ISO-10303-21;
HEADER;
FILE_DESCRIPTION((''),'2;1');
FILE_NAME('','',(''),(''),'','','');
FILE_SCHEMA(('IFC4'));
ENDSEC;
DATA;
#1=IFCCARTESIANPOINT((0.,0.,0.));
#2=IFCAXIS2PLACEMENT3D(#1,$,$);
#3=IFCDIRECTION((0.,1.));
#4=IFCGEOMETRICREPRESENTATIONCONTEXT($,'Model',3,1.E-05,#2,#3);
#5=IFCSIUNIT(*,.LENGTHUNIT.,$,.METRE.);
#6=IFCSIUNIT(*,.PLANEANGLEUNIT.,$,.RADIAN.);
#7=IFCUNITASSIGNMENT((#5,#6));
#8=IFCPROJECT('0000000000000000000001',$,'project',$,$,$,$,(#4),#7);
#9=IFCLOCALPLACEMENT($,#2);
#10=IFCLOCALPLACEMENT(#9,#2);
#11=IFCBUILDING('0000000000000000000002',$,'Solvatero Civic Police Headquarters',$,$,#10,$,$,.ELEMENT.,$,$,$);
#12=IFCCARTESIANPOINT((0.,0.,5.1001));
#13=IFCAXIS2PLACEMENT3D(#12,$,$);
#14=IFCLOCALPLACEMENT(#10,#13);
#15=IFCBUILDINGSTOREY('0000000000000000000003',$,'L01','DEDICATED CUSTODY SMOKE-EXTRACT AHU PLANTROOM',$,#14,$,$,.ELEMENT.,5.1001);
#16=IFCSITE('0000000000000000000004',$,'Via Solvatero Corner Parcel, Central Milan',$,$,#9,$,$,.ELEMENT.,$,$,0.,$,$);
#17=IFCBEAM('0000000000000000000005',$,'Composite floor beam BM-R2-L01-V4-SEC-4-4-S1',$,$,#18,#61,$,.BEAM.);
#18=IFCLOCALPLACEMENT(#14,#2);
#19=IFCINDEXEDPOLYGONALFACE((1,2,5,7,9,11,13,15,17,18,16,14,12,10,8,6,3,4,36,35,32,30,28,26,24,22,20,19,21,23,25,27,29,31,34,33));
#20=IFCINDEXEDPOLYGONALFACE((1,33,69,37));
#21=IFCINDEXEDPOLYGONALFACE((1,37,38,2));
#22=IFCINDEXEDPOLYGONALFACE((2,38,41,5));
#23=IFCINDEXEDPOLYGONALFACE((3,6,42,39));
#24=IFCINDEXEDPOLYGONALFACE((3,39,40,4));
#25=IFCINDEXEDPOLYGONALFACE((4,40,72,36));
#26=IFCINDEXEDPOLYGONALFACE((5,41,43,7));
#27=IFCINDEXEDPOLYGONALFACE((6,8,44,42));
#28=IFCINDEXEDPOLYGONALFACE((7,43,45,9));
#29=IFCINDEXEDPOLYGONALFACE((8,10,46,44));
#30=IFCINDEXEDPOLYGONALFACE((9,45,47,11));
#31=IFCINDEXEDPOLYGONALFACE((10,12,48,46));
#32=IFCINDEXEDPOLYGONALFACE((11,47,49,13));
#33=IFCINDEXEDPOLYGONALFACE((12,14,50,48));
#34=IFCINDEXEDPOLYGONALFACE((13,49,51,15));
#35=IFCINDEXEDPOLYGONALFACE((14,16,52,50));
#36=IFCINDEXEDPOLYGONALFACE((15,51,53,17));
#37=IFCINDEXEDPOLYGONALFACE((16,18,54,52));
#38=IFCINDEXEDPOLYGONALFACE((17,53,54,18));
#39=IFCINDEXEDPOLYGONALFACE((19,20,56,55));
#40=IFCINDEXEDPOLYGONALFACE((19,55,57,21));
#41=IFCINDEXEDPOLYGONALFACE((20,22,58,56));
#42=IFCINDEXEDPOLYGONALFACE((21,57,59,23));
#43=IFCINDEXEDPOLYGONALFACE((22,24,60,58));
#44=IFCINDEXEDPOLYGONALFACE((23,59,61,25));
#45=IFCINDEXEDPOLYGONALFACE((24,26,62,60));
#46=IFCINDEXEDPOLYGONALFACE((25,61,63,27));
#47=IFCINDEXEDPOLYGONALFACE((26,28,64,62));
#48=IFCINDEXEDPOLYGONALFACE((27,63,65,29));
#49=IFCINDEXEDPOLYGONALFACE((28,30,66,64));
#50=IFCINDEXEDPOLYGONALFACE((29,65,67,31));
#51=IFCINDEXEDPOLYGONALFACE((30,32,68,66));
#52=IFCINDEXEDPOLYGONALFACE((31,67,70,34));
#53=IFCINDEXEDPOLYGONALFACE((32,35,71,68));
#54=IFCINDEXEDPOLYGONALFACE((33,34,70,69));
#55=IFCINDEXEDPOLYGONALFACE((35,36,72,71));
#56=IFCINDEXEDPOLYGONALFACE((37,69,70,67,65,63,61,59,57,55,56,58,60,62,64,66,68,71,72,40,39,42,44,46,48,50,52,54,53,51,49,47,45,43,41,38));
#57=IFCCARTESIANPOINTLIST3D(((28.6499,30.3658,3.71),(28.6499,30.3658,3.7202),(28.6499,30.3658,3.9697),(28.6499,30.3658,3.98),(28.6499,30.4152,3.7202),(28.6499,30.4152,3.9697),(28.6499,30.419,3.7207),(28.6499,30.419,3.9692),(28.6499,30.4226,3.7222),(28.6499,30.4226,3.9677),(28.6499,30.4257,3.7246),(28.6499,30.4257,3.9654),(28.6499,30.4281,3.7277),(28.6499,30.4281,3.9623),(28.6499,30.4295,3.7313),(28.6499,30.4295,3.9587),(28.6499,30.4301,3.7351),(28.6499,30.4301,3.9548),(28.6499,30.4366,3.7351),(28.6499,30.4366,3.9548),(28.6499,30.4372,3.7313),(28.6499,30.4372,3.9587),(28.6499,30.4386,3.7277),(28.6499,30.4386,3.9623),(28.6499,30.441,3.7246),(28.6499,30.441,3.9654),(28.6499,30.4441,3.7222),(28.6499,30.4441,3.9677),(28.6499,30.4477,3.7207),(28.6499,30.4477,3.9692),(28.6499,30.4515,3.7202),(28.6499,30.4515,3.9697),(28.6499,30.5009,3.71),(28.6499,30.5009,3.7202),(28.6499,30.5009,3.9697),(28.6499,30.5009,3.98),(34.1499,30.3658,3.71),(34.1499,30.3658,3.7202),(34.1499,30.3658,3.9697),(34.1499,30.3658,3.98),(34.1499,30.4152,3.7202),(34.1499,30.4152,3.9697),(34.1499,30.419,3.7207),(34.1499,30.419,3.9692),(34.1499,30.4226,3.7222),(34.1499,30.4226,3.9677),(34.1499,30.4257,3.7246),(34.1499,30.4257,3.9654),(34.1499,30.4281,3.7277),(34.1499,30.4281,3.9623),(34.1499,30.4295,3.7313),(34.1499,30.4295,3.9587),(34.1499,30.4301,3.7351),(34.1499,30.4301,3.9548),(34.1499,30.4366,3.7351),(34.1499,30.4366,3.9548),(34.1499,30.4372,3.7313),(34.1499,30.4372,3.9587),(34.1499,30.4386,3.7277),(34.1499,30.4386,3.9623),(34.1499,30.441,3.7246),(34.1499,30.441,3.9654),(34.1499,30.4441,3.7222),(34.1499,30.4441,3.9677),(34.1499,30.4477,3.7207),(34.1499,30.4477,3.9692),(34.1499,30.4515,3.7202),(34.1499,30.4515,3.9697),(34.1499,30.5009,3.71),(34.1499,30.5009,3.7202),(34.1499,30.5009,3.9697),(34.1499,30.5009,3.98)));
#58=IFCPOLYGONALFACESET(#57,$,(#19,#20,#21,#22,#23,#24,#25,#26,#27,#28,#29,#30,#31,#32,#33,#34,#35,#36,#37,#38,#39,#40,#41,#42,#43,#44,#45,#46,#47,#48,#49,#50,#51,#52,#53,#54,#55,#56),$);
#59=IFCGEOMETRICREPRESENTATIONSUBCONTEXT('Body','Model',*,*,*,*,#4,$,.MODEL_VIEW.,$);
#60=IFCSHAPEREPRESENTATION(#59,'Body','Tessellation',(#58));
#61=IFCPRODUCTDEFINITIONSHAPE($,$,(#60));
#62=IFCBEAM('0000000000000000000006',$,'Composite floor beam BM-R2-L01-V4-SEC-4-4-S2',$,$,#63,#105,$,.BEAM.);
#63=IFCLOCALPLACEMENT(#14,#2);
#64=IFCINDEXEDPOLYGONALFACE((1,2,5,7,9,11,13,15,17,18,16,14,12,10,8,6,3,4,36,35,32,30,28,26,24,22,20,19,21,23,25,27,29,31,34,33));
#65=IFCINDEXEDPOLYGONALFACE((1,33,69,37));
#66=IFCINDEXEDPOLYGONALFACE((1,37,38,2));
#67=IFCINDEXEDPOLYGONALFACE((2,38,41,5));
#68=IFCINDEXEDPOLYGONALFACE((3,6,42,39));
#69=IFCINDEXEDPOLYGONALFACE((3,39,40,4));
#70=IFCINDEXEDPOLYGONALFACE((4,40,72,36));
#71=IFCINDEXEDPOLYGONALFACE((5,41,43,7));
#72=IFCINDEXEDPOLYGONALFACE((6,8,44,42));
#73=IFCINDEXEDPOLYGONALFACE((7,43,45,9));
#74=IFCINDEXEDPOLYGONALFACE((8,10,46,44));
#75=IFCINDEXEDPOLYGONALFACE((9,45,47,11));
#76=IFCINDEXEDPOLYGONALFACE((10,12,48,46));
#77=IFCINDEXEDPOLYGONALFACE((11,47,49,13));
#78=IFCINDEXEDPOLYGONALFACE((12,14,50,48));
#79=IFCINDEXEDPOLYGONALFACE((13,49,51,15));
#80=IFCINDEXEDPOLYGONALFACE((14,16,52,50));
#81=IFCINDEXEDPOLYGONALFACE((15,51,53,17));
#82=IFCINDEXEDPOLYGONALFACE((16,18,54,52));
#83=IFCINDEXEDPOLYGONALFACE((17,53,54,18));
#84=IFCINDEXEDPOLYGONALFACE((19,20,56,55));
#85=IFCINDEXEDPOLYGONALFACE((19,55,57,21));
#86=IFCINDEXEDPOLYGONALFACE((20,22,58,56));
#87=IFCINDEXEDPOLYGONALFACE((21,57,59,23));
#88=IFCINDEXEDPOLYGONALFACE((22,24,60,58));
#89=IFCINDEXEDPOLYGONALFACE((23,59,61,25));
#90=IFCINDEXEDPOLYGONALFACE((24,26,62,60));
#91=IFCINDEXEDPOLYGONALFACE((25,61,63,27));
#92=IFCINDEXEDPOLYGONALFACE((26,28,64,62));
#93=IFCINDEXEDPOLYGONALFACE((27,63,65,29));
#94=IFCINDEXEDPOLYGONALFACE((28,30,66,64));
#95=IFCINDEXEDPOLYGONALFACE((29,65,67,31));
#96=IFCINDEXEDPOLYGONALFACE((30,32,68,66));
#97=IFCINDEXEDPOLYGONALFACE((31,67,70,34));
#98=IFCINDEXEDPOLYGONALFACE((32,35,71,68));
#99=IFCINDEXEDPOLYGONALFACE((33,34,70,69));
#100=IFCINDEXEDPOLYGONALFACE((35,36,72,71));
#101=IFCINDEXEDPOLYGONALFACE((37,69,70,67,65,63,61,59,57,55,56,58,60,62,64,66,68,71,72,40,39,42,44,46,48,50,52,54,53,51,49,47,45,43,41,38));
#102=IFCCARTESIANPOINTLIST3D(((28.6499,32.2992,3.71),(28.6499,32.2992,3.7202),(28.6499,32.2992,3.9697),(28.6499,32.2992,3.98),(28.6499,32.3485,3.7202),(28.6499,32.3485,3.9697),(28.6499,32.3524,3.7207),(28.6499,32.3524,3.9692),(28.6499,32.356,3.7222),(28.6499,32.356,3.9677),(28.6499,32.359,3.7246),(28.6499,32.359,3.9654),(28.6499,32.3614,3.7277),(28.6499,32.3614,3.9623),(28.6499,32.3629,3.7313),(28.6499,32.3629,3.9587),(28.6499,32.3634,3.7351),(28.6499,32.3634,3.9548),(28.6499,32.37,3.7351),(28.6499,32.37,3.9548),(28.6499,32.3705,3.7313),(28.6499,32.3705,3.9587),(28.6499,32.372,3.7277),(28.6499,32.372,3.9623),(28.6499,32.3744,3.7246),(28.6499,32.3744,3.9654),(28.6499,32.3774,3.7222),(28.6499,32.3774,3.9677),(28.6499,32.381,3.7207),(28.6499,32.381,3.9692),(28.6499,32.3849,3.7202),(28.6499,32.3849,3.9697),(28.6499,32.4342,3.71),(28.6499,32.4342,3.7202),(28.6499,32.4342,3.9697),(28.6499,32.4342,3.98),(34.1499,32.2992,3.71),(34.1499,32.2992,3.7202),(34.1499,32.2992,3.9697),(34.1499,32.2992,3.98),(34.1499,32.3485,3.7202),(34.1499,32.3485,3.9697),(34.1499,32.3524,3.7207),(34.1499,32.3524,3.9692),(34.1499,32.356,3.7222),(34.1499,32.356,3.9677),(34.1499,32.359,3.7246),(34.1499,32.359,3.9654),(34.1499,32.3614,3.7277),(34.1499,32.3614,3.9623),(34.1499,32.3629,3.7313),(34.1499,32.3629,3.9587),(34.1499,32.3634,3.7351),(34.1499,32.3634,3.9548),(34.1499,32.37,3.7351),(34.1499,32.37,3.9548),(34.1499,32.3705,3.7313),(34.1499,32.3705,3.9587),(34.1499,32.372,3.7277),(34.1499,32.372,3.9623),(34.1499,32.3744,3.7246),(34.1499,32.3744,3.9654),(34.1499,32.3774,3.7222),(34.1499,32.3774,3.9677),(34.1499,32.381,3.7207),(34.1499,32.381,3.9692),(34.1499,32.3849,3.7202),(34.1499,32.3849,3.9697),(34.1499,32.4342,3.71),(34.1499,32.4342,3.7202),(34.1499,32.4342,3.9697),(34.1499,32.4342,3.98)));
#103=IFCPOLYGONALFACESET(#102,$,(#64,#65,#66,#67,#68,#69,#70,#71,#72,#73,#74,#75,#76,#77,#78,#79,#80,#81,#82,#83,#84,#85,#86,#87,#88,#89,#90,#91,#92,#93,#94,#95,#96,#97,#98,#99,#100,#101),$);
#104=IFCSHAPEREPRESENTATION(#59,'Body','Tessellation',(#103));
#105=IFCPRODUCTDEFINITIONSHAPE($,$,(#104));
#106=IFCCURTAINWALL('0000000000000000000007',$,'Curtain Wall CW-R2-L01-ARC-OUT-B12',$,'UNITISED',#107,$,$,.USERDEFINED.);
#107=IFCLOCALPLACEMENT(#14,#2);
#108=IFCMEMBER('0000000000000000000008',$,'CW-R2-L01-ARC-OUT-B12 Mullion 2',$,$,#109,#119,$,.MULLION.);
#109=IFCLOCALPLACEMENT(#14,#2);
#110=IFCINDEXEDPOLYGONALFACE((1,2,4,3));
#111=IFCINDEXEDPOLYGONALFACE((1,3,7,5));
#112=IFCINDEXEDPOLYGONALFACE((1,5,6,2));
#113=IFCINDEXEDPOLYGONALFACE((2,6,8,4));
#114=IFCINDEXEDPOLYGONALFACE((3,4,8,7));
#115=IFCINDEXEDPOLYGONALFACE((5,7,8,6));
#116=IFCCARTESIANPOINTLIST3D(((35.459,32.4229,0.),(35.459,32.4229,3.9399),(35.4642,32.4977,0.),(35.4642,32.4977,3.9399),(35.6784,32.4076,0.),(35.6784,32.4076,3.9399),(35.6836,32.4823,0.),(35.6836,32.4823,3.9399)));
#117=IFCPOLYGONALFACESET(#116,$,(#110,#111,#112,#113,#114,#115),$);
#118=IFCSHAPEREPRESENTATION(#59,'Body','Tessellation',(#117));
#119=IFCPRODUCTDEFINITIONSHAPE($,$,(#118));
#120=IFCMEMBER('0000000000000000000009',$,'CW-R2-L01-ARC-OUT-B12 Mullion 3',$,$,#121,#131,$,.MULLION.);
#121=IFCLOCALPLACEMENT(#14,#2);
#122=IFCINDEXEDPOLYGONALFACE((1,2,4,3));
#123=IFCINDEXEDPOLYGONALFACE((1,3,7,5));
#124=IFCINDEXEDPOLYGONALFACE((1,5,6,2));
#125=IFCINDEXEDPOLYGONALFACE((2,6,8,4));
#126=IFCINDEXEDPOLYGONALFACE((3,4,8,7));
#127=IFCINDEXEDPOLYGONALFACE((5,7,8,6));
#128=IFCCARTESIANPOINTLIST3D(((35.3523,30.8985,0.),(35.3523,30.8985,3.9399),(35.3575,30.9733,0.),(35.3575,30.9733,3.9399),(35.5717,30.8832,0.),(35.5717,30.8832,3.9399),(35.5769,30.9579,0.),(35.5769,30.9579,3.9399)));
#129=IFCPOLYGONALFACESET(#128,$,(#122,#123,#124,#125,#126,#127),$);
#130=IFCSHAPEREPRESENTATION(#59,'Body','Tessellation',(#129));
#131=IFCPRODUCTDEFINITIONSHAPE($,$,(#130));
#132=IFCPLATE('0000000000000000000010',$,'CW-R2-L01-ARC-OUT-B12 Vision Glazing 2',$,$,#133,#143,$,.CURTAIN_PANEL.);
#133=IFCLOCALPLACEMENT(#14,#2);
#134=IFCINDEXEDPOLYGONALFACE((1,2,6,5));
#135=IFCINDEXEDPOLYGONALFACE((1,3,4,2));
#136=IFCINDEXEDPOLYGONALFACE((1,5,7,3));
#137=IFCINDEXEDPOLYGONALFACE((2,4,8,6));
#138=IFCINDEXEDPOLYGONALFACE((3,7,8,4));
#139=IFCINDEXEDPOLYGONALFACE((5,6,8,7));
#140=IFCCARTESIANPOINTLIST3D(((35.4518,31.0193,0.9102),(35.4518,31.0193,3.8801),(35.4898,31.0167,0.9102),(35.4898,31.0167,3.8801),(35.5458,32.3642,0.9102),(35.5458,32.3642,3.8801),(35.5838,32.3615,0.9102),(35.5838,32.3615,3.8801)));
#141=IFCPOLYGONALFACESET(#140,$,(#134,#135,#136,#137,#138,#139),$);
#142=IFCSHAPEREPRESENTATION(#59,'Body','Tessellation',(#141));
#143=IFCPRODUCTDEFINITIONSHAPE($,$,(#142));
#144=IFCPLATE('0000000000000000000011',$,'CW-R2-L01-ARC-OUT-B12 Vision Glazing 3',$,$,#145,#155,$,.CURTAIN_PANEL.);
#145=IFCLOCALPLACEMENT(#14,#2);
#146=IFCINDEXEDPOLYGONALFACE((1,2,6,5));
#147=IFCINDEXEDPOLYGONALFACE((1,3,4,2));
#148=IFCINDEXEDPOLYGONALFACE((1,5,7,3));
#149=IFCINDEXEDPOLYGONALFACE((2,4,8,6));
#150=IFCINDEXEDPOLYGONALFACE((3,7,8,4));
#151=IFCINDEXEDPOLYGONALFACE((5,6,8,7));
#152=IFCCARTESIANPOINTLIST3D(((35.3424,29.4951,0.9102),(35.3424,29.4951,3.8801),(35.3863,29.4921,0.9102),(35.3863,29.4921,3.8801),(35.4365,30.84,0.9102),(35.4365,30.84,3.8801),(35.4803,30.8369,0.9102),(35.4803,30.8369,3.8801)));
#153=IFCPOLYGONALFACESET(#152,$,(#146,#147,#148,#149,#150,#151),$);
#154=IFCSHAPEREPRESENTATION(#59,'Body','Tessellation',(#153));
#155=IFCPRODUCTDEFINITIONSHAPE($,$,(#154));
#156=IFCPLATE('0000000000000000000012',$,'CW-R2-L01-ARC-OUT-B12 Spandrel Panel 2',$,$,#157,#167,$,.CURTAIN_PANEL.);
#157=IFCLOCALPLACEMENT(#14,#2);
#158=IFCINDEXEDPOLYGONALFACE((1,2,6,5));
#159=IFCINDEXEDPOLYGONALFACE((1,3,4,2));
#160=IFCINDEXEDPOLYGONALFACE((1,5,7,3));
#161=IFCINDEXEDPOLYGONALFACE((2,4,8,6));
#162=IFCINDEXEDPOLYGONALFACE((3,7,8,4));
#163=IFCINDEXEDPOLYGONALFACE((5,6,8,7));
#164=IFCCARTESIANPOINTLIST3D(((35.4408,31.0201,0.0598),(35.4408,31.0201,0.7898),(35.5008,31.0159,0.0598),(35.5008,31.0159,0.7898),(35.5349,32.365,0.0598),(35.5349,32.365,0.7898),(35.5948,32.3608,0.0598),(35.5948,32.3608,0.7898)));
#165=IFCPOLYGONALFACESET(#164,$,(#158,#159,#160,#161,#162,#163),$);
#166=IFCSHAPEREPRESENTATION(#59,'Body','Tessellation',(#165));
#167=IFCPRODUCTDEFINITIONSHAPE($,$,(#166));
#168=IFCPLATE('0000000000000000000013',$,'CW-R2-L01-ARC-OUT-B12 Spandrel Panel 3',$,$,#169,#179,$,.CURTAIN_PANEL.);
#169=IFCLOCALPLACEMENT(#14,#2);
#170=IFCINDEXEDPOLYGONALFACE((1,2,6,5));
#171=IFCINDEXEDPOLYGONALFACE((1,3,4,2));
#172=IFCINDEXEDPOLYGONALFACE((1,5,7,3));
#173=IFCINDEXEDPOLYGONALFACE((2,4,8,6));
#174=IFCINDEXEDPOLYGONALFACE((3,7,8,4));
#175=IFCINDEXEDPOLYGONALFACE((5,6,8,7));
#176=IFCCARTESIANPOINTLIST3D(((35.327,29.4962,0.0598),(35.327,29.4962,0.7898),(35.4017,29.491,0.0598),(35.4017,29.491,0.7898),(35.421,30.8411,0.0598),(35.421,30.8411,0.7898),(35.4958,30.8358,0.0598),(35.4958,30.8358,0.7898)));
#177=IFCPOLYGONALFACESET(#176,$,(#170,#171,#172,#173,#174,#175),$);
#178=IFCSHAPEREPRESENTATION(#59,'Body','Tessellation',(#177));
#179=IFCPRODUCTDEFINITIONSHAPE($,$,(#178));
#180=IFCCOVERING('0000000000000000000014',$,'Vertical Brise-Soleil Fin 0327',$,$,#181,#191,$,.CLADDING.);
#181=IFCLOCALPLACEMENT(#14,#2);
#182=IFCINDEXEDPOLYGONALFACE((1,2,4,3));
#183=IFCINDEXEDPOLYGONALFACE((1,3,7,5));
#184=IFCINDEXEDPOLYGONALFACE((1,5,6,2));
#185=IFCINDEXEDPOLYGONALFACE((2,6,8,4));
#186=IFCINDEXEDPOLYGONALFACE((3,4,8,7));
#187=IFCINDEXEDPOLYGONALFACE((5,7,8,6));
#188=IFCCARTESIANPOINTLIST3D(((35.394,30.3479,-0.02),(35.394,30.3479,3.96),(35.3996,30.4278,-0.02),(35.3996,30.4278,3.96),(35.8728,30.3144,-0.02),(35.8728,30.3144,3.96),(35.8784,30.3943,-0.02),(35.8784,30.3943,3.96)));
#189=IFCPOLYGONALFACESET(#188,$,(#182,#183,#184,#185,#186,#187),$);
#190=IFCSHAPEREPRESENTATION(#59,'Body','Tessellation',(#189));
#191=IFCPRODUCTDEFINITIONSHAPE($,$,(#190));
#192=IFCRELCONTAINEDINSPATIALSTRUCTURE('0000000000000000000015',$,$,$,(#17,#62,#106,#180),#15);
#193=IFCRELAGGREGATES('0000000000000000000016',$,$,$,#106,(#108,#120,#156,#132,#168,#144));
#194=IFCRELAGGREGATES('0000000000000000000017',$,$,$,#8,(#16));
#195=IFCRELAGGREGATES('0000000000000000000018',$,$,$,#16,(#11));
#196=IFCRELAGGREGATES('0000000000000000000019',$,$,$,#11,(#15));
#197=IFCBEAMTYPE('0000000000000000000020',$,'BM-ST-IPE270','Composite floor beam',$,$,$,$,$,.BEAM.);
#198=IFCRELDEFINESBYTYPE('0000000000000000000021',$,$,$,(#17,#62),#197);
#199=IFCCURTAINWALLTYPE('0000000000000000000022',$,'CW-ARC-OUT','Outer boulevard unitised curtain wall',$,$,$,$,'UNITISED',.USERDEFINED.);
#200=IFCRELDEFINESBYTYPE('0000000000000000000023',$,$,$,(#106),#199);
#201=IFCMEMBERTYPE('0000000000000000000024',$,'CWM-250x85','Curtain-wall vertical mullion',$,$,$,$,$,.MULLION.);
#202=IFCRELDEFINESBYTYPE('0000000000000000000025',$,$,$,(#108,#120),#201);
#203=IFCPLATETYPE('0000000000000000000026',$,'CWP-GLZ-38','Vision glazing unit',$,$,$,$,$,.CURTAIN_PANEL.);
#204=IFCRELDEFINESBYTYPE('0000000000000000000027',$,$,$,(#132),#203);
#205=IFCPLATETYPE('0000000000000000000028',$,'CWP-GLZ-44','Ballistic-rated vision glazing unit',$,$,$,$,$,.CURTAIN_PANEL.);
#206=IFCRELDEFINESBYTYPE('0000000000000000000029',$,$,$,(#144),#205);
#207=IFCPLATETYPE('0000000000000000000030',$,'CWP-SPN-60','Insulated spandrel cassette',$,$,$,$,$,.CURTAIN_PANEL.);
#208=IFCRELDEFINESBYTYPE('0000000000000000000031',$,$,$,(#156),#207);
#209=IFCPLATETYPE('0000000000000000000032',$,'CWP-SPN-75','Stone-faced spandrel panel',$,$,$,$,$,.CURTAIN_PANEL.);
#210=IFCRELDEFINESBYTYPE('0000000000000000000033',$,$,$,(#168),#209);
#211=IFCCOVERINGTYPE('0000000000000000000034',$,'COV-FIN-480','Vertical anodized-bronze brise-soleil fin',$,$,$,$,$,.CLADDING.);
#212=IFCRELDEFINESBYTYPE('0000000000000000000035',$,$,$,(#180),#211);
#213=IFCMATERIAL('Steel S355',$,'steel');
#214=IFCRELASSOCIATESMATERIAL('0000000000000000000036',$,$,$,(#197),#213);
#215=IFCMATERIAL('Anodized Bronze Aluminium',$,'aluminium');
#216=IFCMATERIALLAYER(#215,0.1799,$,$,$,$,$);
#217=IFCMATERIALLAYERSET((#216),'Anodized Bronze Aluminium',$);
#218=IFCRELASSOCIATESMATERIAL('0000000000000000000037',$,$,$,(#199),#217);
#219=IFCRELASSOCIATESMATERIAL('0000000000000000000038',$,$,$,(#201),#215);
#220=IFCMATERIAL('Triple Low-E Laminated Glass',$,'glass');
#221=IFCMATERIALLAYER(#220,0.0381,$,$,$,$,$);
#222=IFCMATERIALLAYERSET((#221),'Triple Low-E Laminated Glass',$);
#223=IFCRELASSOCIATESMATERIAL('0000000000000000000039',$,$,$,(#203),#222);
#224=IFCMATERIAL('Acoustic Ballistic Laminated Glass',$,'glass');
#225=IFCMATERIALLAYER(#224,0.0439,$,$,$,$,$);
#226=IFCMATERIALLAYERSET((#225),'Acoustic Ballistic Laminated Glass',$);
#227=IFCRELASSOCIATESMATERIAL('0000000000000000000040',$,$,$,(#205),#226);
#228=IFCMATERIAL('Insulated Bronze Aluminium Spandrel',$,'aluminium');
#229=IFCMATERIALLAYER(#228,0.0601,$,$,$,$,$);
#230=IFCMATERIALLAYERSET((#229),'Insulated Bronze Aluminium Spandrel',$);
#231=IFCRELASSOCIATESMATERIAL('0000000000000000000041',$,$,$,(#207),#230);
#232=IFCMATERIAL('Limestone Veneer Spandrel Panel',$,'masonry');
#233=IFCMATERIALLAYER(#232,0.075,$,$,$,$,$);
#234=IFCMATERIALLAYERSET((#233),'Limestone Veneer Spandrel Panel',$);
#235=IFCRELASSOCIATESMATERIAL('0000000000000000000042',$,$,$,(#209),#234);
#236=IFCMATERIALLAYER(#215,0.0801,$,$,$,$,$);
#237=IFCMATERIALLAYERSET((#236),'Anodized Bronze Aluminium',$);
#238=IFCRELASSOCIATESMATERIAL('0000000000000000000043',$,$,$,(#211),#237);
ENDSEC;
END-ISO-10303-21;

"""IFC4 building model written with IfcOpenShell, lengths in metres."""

from ifc_helpers import new_model, si_unit, direction, frame, origin, origin_2d, place, context, subcontext, project, spatial, rectangle, i_section, extrude, material, layer, layer_set, material_profile, profile_set, type_object, element, aggregate, save


model = new_model("IFC4")

# Units and contexts
model_context = context("Model", 3, precision=1e-05, world=origin(), true_north=direction((0.0, 1.0)))
body_context = subcontext(model_context, "Body", "Model", "MODEL_VIEW")
ifc_project = project(units=[si_unit("LENGTHUNIT", "METRE"), si_unit("PLANEANGLEUNIT", "RADIAN")], contexts=[model_context])

# Site, building, storey
site_placement = place(None, origin())
site = spatial("IfcSite", under=ifc_project, at=site_placement, Name="Via Solvatero Corner Parcel, Central Milan", CompositionType="ELEMENT", RefElevation=0.0)
building_placement = place(site_placement, origin())
building = spatial("IfcBuilding", under=site, at=building_placement, Name="Solvatero Civic Police Headquarters", CompositionType="ELEMENT")
storey_placement = place(building_placement, frame((0.0, 0.0, 5.1001)))
storey = spatial("IfcBuildingStorey", under=building, at=storey_placement, Name="L01", Description="DEDICATED CUSTODY SMOKE-EXTRACT AHU PLANTROOM", CompositionType="ELEMENT", Elevation=5.1001)

# Beams
ifc_material_1 = material(Name="Steel S355", Category="steel")
ifc_material_profile_1 = material_profile(ifc_material_1, i_section(OverallWidth=0.135, OverallDepth=0.27, WebThickness=0.0066, FlangeThickness=0.0103, FilletRadius=0.0149, at=origin_2d()), Name="IPE 270")
ifc_profile_set_1 = profile_set([ifc_material_profile_1], Name="Steel S355")
beam_type = type_object("IfcBeamType", Name="BM-ST-IPE270", Description="Composite floor beam", PredefinedType="BEAM", material=ifc_profile_set_1)
for number, where, z_axis, x_axis, name in (
    (1, (28.6499, 30.4333, 3.845), (1.0, 0.0, 0.0), (0.0, 1.0, 0.0), "Composite floor beam BM-R2-L01-V4-SEC-4-4-S1"),
    (2, (28.6499, 32.3667, 3.845), (1.0, 0.0, 0.0), (0.0, 1.0, 0.0), "Composite floor beam BM-R2-L01-V4-SEC-4-4-S2"),
):
    element("IfcBeam", number, at=place(storey_placement, frame(where, z_axis=z_axis, x_axis=x_axis)), inside=storey, type_object=beam_type, Name=name, PredefinedType="BEAM", context=body_context, shape_type="SweptSolid", body=[
        extrude(i_section(OverallWidth=0.135, OverallDepth=0.27, WebThickness=0.0066, FlangeThickness=0.0103, FilletRadius=0.0149, at=origin_2d()), origin(), (0.0, 0.0, 1.0), 5.5),
    ])

# Curtain wall, members, plates
ifc_material_2 = material(Name="Anodized Bronze Aluminium", Category="aluminium")
ifc_layer_1 = layer(ifc_material_2, 0.1799)
ifc_layer_set_1 = layer_set([ifc_layer_1], Name="Anodized Bronze Aluminium")
curtain_wall_type = type_object("IfcCurtainWallType", Name="CW-ARC-OUT", Description="Outer boulevard unitised curtain wall", ElementType="UNITISED", PredefinedType="USERDEFINED", material=ifc_layer_set_1)
curtain_wall_placement = place(storey_placement, origin())
curtain_wall = element("IfcCurtainWall", 3, at=curtain_wall_placement, inside=storey, type_object=curtain_wall_type, Name="Curtain Wall CW-R2-L01-ARC-OUT-B12", ObjectType="UNITISED", PredefinedType="USERDEFINED")
ifc_material_profile_2 = material_profile(ifc_material_2, rectangle(XDim=0.075, YDim=0.22, at=origin_2d()), Name="ALU MULLION 75x220")
ifc_profile_set_2 = profile_set([ifc_material_profile_2], Name="Anodized Bronze Aluminium")
member_type = type_object("IfcMemberType", Name="CWM-250x85", Description="Curtain-wall vertical mullion", PredefinedType="MULLION", material=ifc_profile_set_2)
member_1_placement = place(storey_placement, frame((35.5713, 32.4526, 0.0), z_axis=(0.0, 0.0, 1.0), x_axis=(-0.069756, -0.997564, 0.0)))
member_1 = element("IfcMember", 4, at=member_1_placement, type_object=member_type, Name="CW-R2-L01-ARC-OUT-B12 Mullion 2", PredefinedType="MULLION", context=body_context, shape_type="SweptSolid", body=[
    extrude(rectangle(XDim=0.075, YDim=0.22, at=origin_2d()), origin(), (0.0, 0.0, 1.0), 3.9399),
])
member_2_placement = place(storey_placement, frame((35.4646, 30.9282, 0.0), z_axis=(0.0, 0.0, 1.0), x_axis=(-0.069756, -0.997564, 0.0)))
member_2 = element("IfcMember", 5, at=member_2_placement, type_object=member_type, Name="CW-R2-L01-ARC-OUT-B12 Mullion 3", PredefinedType="MULLION", context=body_context, shape_type="SweptSolid", body=[
    extrude(rectangle(XDim=0.075, YDim=0.22, at=origin_2d()), origin(), (0.0, 0.0, 1.0), 3.9399),
])
ifc_material_3 = material(Name="Triple Low-E Laminated Glass", Category="glass")
ifc_layer_2 = layer(ifc_material_3, 0.0381)
ifc_layer_set_2 = layer_set([ifc_layer_2], Name="Triple Low-E Laminated Glass")
plate_type_1 = type_object("IfcPlateType", Name="CWP-GLZ-38", Description="Vision glazing unit", PredefinedType="CURTAIN_PANEL", material=ifc_layer_set_2)
plate_1_placement = place(storey_placement, frame((35.5178, 31.6904, 0.9102), z_axis=(0.0, 0.0, 1.0), x_axis=(-0.069756, -0.997564, 0.0)))
plate_1 = element("IfcPlate", 6, at=plate_1_placement, type_object=plate_type_1, Name="CW-R2-L01-ARC-OUT-B12 Vision Glazing 2", PredefinedType="CURTAIN_PANEL", context=body_context, shape_type="SweptSolid", body=[
    extrude(rectangle(XDim=1.3481, YDim=0.0381, at=origin_2d()), origin(), (0.0, 0.0, 1.0), 2.97),
])
ifc_material_4 = material(Name="Acoustic Ballistic Laminated Glass", Category="glass")
ifc_layer_3 = layer(ifc_material_4, 0.0439)
ifc_layer_set_3 = layer_set([ifc_layer_3], Name="Acoustic Ballistic Laminated Glass")
plate_type_2 = type_object("IfcPlateType", Name="CWP-GLZ-44", Description="Ballistic-rated vision glazing unit", PredefinedType="CURTAIN_PANEL", material=ifc_layer_set_3)
plate_2_placement = place(storey_placement, frame((35.4114, 30.166, 0.9102), z_axis=(0.0, 0.0, 1.0), x_axis=(-0.069756, -0.997564, 0.0)))
plate_2 = element("IfcPlate", 7, at=plate_2_placement, type_object=plate_type_2, Name="CW-R2-L01-ARC-OUT-B12 Vision Glazing 3", PredefinedType="CURTAIN_PANEL", context=body_context, shape_type="SweptSolid", body=[
    extrude(rectangle(XDim=1.3481, YDim=0.0439, at=origin_2d()), origin(), (0.0, 0.0, 1.0), 2.97),
])
ifc_material_5 = material(Name="Insulated Bronze Aluminium Spandrel", Category="aluminium")
ifc_layer_4 = layer(ifc_material_5, 0.0601)
ifc_layer_set_4 = layer_set([ifc_layer_4], Name="Insulated Bronze Aluminium Spandrel")
plate_type_3 = type_object("IfcPlateType", Name="CWP-SPN-60", Description="Insulated spandrel cassette", PredefinedType="CURTAIN_PANEL", material=ifc_layer_set_4)
plate_3_placement = place(storey_placement, frame((35.5178, 31.6904, 0.0598), z_axis=(0.0, 0.0, 1.0), x_axis=(-0.069756, -0.997564, 0.0)))
plate_3 = element("IfcPlate", 8, at=plate_3_placement, type_object=plate_type_3, Name="CW-R2-L01-ARC-OUT-B12 Spandrel Panel 2", PredefinedType="CURTAIN_PANEL", context=body_context, shape_type="SweptSolid", body=[
    extrude(rectangle(XDim=1.3481, YDim=0.0601, at=origin_2d()), origin(), (0.0, 0.0, 1.0), 0.73),
])
ifc_material_6 = material(Name="Limestone Veneer Spandrel Panel", Category="masonry")
ifc_layer_5 = layer(ifc_material_6, 0.075)
ifc_layer_set_5 = layer_set([ifc_layer_5], Name="Limestone Veneer Spandrel Panel")
plate_type_4 = type_object("IfcPlateType", Name="CWP-SPN-75", Description="Stone-faced spandrel panel", PredefinedType="CURTAIN_PANEL", material=ifc_layer_set_5)
plate_4_placement = place(storey_placement, frame((35.4114, 30.166, 0.0598), z_axis=(0.0, 0.0, 1.0), x_axis=(-0.069756, -0.997564, 0.0)))
plate_4 = element("IfcPlate", 9, at=plate_4_placement, type_object=plate_type_4, Name="CW-R2-L01-ARC-OUT-B12 Spandrel Panel 3", PredefinedType="CURTAIN_PANEL", context=body_context, shape_type="SweptSolid", body=[
    extrude(rectangle(XDim=1.3481, YDim=0.075, at=origin_2d()), origin(), (0.0, 0.0, 1.0), 0.73),
])
aggregate(curtain_wall, [member_1, member_2, plate_3, plate_1, plate_4, plate_2])

# Covering
ifc_layer_6 = layer(ifc_material_2, 0.0801)
ifc_layer_set_6 = layer_set([ifc_layer_6], Name="Anodized Bronze Aluminium")
covering_type = type_object("IfcCoveringType", Name="COV-FIN-480", Description="Vertical anodized-bronze brise-soleil fin", PredefinedType="CLADDING", material=ifc_layer_set_6)
covering_placement = place(storey_placement, frame((35.6362, 30.3711, -0.02), z_axis=(0.0, 0.0, 1.0), x_axis=(-0.069756, -0.997564, 0.0)))
element("IfcCovering", 10, at=covering_placement, inside=storey, type_object=covering_type, Name="Vertical Brise-Soleil Fin 0327", PredefinedType="CLADDING", context=body_context, shape_type="SweptSolid", body=[
    extrude(rectangle(XDim=0.0801, YDim=0.48, at=origin_2d()), origin(), (0.0, 0.0, 1.0), 3.98),
])

save(model, "model.ifc")
